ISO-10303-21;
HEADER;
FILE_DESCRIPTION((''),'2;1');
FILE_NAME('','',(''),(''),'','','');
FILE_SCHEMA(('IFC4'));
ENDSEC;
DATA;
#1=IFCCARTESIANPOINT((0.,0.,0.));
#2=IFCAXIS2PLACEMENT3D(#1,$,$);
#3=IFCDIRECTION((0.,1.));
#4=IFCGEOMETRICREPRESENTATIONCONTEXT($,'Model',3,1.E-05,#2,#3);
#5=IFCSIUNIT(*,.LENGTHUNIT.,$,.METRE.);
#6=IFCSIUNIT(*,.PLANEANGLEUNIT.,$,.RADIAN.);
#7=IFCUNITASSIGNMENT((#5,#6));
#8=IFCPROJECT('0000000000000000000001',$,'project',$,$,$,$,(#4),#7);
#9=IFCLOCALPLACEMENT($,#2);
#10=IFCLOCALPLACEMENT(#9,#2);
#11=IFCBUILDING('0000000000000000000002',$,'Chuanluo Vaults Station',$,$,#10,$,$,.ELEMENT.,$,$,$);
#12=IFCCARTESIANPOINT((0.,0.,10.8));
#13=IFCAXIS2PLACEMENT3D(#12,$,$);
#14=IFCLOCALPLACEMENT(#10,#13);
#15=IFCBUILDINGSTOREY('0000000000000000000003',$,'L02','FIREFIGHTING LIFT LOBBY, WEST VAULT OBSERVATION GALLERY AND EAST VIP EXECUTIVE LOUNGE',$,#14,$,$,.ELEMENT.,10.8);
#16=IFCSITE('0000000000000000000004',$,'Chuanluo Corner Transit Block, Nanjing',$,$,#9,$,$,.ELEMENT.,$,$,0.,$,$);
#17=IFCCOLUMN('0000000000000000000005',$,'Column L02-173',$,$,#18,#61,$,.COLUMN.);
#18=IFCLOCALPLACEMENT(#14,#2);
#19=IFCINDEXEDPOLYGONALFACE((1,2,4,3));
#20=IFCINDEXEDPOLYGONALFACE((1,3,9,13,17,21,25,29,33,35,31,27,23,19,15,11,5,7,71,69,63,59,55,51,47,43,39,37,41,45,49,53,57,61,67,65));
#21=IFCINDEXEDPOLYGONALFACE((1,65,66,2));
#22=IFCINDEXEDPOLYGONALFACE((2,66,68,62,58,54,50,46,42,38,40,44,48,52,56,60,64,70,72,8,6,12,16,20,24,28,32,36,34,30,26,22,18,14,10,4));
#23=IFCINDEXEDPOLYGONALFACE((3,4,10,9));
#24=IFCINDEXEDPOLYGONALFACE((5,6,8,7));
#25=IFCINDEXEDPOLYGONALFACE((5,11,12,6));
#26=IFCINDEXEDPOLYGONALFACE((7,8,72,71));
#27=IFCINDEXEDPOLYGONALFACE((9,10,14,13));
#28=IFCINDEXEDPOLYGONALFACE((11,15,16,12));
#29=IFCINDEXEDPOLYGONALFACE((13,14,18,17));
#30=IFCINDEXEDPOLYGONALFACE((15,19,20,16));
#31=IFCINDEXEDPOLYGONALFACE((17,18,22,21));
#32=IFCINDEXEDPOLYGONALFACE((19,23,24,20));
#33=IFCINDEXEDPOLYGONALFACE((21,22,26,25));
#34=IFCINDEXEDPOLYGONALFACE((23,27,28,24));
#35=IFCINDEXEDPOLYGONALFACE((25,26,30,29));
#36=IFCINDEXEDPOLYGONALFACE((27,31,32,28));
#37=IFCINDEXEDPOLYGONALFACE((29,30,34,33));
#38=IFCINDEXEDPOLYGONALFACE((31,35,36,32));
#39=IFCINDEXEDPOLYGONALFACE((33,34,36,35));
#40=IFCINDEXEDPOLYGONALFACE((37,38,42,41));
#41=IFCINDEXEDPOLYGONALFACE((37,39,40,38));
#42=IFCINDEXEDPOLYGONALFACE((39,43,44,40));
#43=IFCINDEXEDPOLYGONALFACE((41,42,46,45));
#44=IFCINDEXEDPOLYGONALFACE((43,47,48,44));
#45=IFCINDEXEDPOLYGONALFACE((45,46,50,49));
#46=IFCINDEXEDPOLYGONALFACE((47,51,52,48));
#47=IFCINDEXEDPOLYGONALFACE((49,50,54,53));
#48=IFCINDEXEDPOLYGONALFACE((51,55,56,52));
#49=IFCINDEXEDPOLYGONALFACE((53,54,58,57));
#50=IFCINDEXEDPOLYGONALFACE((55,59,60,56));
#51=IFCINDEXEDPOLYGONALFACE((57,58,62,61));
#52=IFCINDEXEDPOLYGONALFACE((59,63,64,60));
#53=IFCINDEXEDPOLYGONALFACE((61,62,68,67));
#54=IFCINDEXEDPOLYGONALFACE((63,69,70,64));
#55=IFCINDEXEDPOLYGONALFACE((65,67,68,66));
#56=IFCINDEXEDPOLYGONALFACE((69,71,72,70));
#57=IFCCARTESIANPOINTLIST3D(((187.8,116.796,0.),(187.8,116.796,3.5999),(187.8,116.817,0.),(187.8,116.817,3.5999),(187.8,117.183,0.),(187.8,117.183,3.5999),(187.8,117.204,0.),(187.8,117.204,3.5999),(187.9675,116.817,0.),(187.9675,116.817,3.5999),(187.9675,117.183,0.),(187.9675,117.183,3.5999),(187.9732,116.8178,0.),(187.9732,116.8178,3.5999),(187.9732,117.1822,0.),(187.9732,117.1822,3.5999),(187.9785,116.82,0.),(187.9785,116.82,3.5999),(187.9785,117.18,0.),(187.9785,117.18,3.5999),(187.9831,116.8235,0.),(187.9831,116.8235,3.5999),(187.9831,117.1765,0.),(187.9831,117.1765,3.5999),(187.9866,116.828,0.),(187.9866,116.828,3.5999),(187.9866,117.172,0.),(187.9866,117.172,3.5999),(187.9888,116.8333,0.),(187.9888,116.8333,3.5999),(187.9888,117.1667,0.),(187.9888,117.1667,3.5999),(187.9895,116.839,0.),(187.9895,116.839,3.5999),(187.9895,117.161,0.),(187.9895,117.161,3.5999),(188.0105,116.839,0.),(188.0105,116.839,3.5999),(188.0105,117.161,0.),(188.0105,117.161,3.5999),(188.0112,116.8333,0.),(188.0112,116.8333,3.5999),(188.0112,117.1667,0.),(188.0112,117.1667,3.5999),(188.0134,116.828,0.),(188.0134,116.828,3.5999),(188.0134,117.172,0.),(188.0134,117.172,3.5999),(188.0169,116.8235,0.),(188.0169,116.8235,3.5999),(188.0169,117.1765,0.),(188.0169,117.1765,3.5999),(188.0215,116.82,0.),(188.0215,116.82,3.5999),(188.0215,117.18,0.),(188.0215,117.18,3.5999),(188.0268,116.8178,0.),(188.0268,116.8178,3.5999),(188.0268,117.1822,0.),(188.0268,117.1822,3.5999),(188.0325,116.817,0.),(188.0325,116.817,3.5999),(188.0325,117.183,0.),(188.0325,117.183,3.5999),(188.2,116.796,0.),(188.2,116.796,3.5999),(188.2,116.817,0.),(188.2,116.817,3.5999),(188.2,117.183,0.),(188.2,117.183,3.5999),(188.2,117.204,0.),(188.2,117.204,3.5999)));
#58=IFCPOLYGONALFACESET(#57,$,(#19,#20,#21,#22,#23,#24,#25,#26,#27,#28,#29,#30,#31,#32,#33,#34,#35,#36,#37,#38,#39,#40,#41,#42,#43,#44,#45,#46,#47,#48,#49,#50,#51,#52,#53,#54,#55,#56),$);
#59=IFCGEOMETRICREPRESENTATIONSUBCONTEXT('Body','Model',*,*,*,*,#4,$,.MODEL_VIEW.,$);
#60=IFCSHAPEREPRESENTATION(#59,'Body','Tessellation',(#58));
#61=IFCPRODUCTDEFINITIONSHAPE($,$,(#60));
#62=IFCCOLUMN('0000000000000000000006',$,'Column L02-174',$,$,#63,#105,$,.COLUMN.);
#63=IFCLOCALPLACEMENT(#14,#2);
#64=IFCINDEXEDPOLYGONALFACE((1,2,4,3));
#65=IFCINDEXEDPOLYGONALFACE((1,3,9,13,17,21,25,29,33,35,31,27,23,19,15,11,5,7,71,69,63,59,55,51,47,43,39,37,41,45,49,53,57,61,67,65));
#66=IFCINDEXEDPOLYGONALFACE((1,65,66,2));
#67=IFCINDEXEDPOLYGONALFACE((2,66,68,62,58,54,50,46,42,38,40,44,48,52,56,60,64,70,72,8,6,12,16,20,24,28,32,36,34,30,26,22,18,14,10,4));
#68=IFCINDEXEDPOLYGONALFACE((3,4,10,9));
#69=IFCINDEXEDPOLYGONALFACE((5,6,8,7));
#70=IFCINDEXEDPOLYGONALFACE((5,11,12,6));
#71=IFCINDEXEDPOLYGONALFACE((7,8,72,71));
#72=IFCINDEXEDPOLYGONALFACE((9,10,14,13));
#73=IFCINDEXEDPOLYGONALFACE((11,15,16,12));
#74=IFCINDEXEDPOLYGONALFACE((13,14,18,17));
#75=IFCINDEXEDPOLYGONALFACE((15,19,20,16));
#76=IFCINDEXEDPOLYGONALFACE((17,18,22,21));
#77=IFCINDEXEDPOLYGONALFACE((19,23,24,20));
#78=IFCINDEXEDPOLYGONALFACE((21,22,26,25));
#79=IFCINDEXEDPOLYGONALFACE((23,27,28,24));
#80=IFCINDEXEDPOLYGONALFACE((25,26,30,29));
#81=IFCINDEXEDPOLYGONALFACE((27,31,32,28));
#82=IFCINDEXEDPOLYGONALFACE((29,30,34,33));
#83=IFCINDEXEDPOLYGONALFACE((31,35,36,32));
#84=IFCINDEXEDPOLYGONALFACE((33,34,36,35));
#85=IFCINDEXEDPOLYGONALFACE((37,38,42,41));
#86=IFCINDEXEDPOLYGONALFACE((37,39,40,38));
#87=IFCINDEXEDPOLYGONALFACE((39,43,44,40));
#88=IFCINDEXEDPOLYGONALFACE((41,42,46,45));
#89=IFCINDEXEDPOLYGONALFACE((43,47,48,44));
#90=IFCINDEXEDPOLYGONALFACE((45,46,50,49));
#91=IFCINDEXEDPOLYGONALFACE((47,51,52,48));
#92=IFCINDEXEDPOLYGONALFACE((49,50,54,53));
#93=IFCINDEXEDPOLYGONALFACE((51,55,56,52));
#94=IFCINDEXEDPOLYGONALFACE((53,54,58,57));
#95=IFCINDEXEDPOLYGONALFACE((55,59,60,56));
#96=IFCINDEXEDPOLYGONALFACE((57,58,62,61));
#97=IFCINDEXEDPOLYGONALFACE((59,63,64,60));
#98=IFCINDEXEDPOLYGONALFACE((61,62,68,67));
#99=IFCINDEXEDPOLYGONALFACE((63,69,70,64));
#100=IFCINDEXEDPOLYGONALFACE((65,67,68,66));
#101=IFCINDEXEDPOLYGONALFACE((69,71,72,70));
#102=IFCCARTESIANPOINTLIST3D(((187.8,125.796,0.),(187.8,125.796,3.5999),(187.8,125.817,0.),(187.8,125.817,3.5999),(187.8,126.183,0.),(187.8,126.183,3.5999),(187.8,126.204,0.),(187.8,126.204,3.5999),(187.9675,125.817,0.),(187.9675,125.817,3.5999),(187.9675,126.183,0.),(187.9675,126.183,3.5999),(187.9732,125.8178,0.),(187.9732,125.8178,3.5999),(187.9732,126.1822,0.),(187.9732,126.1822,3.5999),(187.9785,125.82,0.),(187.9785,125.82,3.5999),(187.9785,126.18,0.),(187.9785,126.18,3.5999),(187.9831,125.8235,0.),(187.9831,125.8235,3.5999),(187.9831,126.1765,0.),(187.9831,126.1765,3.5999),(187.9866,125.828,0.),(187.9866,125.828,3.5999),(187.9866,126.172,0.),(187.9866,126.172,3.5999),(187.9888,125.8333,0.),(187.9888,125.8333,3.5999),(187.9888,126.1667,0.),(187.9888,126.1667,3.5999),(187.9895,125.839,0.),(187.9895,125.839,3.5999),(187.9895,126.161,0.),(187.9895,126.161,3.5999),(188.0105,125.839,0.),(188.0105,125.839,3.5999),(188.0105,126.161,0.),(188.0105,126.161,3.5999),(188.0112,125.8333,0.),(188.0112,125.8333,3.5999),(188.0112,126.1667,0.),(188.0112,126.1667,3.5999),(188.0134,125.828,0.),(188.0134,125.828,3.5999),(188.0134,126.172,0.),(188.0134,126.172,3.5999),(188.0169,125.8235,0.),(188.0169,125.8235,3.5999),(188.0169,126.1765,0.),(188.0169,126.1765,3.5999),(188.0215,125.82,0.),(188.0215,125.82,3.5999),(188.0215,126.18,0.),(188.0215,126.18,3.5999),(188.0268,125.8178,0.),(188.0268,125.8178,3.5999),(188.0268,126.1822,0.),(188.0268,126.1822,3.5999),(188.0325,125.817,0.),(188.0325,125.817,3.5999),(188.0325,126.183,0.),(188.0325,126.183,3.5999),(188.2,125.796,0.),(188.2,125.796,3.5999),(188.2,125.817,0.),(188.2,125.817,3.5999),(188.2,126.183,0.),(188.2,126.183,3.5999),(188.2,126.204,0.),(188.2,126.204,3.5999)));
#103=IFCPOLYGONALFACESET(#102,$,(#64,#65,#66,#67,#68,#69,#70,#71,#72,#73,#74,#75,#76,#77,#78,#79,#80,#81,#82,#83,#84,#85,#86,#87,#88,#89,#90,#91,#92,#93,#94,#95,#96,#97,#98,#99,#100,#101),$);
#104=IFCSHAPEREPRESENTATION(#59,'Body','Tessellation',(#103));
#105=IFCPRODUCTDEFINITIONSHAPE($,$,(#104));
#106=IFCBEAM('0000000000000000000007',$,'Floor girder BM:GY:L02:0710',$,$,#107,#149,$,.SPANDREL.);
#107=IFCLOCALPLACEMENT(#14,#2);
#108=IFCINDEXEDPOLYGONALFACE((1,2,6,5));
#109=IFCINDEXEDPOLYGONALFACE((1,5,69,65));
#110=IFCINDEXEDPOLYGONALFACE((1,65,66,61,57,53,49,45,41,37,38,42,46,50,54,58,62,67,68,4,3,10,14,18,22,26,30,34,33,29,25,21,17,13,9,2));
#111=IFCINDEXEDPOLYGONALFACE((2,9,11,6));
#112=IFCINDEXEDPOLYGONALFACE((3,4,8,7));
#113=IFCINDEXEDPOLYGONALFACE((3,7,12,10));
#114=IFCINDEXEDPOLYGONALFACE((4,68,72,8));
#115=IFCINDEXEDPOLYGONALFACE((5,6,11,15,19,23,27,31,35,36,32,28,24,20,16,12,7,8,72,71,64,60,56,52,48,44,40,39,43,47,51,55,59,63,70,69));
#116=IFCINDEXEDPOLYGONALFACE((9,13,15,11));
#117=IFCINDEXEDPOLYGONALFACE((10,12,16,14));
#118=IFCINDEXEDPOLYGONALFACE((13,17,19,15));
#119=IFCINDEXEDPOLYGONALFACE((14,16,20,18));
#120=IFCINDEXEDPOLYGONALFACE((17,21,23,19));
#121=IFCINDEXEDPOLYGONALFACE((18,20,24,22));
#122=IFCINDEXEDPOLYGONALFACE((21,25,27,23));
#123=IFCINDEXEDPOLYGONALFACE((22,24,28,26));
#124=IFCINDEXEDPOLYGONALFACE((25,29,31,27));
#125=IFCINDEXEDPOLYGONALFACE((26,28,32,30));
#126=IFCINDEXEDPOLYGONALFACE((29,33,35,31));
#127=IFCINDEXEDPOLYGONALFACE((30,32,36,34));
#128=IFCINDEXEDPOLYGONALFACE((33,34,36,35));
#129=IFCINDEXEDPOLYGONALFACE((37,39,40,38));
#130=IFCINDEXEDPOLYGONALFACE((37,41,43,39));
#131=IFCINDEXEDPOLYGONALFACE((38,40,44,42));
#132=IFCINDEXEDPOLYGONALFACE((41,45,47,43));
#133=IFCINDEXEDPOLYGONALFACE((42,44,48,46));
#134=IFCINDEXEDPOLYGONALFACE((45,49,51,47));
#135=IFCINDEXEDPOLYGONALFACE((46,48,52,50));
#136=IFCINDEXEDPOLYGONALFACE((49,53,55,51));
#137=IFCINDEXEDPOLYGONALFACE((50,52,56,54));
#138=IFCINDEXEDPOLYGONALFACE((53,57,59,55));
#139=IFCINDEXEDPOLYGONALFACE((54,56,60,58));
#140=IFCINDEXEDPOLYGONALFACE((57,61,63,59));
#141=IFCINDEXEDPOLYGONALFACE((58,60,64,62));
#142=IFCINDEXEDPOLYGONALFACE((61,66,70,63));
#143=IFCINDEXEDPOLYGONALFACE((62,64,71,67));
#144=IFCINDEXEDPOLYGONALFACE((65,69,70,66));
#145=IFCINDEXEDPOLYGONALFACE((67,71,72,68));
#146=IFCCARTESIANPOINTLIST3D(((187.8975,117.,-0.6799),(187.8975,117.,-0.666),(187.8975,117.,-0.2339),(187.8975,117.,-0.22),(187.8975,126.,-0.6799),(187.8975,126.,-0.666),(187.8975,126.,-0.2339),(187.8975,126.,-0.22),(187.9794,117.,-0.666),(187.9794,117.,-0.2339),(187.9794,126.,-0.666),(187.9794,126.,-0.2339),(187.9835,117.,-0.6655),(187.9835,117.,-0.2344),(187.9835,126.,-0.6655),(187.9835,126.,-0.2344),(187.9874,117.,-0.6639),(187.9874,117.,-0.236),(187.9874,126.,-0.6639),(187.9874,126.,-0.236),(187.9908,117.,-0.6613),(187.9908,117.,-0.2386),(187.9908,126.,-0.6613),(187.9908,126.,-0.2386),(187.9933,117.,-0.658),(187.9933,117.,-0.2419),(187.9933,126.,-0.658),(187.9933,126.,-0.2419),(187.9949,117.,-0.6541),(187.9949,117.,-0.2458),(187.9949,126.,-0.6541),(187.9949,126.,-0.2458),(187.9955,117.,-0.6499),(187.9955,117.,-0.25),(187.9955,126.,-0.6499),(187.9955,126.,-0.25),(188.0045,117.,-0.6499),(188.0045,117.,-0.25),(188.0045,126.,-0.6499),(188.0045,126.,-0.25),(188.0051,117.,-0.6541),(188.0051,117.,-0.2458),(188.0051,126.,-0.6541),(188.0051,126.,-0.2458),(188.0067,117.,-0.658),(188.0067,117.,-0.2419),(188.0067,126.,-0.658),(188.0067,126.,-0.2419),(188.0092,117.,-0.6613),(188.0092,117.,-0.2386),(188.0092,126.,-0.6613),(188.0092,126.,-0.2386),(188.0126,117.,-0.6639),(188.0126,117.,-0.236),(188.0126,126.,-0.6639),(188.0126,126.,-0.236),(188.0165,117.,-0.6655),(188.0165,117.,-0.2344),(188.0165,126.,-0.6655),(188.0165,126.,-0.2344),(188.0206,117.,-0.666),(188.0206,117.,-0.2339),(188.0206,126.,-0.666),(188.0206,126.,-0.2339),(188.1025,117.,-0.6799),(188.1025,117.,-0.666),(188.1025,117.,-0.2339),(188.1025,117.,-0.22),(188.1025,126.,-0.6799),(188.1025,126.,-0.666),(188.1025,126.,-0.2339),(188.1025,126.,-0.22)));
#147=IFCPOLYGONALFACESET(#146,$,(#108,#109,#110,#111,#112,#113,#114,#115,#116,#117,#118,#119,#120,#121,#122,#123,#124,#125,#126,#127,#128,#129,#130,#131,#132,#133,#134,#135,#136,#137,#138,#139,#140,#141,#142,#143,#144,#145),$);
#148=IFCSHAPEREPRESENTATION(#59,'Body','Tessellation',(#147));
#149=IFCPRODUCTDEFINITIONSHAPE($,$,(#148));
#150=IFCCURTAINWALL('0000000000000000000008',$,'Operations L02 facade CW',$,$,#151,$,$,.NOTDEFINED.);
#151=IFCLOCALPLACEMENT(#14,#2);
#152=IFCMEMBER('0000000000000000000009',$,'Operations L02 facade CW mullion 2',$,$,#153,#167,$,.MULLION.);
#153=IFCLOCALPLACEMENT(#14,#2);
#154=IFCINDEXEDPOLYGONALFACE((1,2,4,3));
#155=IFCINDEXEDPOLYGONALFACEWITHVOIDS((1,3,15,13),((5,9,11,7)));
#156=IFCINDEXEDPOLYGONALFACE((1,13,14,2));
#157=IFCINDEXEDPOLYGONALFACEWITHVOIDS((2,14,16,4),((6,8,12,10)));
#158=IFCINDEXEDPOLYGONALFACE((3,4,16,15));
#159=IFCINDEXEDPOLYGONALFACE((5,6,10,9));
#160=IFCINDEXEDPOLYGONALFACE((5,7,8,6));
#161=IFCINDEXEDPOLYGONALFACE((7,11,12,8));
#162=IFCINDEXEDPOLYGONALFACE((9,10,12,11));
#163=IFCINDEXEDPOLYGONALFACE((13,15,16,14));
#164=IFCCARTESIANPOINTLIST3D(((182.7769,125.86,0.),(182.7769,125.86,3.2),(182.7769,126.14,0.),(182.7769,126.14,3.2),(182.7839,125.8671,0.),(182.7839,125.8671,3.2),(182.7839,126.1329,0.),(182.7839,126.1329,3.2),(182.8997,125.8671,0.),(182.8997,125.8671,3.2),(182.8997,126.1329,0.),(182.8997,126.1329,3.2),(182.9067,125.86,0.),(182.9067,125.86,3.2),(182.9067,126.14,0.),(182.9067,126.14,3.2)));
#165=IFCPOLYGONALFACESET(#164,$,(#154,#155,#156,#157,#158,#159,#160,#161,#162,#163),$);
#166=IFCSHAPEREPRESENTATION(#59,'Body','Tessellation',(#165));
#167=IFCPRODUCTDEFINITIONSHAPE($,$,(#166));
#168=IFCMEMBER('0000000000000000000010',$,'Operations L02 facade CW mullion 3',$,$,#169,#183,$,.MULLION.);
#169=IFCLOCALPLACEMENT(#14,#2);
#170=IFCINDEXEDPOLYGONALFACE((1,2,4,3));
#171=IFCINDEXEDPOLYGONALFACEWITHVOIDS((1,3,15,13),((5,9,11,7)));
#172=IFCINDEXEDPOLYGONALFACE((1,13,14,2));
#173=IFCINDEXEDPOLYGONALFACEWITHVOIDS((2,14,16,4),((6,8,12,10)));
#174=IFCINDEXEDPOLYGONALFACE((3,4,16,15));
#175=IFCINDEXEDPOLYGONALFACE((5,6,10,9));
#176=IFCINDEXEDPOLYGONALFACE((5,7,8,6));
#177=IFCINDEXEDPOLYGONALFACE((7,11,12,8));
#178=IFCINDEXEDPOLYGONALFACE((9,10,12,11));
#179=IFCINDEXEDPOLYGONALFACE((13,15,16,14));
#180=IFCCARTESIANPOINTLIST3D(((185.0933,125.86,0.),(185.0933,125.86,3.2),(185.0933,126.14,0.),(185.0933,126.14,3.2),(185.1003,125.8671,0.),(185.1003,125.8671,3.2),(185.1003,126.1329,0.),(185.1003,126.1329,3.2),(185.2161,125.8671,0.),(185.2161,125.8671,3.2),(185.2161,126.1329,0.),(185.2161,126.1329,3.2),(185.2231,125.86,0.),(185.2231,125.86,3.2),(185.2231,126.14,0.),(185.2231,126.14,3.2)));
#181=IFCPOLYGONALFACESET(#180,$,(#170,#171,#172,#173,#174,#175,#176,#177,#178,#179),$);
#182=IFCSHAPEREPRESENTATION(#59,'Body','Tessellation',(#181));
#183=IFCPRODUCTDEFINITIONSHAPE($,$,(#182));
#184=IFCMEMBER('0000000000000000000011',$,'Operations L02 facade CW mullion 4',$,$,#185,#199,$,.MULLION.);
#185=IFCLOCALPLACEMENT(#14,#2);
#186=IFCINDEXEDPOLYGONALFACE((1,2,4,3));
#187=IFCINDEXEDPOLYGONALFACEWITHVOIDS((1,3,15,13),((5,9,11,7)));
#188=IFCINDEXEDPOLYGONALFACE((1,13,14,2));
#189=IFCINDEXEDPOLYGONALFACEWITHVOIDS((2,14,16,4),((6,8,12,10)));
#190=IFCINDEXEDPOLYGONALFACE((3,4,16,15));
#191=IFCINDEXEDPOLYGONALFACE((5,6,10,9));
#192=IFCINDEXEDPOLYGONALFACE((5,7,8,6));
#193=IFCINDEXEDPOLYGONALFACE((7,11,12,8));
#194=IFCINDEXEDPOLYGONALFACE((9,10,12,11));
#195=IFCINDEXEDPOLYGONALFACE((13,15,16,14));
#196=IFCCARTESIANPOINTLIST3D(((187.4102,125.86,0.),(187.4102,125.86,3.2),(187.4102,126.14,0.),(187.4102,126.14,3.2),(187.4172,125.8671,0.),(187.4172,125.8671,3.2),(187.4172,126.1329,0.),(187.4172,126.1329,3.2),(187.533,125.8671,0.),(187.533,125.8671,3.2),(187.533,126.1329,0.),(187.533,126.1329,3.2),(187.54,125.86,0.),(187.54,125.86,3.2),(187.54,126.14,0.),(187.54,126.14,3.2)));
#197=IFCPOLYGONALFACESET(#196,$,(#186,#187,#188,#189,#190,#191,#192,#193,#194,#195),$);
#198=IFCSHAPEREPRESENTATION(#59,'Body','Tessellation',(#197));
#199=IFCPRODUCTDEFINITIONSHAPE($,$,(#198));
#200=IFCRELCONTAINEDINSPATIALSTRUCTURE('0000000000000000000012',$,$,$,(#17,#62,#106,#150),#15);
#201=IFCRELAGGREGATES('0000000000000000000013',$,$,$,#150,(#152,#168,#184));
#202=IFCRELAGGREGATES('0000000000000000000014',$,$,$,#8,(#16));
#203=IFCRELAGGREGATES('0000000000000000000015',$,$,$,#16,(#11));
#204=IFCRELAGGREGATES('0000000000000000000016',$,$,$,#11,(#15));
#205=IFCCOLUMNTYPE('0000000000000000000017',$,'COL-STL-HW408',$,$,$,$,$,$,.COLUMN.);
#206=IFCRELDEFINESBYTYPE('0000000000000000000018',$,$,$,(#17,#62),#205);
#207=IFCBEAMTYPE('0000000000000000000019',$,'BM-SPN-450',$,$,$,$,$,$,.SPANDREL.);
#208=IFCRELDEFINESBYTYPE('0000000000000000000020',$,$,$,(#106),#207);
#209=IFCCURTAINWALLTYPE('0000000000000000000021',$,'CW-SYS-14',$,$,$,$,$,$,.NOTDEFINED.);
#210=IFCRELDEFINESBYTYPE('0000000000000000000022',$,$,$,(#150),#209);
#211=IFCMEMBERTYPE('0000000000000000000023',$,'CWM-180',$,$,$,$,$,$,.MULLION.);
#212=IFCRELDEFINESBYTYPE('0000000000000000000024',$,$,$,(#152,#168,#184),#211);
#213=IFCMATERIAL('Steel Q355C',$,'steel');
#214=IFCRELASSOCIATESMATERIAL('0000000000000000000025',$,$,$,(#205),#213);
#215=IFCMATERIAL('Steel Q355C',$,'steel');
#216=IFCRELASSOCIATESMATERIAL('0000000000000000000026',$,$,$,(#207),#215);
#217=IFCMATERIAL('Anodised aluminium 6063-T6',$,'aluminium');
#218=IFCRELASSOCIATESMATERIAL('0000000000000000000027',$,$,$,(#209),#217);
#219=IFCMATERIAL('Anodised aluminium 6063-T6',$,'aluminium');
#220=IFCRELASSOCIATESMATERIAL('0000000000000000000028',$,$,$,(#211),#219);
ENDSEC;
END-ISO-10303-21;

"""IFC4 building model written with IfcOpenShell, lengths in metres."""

from ifc_helpers import new_model, si_unit, direction, frame, origin, origin_2d, place, context, subcontext, project, spatial, hollow_rectangle, i_section, extrude, material, material_profile, profile_set, type_object, element, aggregate, save


model = new_model("IFC4")

# Units and contexts
model_context = context("Model", 3, precision=1e-05, world=origin(), true_north=direction((0.0, 1.0)))
body_context = subcontext(model_context, "Body", "Model", "MODEL_VIEW")
ifc_project = project(units=[si_unit("LENGTHUNIT", "METRE"), si_unit("PLANEANGLEUNIT", "RADIAN")], contexts=[model_context])

# Site, building, storey
site_placement = place(None, origin())
site = spatial("IfcSite", under=ifc_project, at=site_placement, Name="Chuanluo Corner Transit Block, Nanjing", CompositionType="ELEMENT", RefElevation=0.0)
building_placement = place(site_placement, origin())
building = spatial("IfcBuilding", under=site, at=building_placement, Name="Chuanluo Vaults Station", CompositionType="ELEMENT")
storey_placement = place(building_placement, frame((0.0, 0.0, 10.8)))
storey = spatial("IfcBuildingStorey", under=building, at=storey_placement, Name="L02", Description="FIREFIGHTING LIFT LOBBY, WEST VAULT OBSERVATION GALLERY AND EAST VIP EXECUTIVE LOUNGE", CompositionType="ELEMENT", Elevation=10.8)

# Columns
ifc_material_1 = material(Name="Steel Q355C", Category="steel")
ifc_material_profile_1 = material_profile(ifc_material_1, i_section(OverallWidth=0.3999, OverallDepth=0.408, WebThickness=0.021, FlangeThickness=0.021, FilletRadius=0.022, at=origin_2d()))
ifc_profile_set_1 = profile_set([ifc_material_profile_1], Name="Steel Q355C")
column_type = type_object("IfcColumnType", Name="COL-STL-HW408", PredefinedType="COLUMN", material=ifc_profile_set_1)
for number, where, z_axis, x_axis, name in (
    (1, (188.0, 117.0, 0.0), (0.0, 0.0, 1.0), (1.0, 0.0, 0.0), "Column L02-173"),
    (2, (188.0, 126.0, 0.0), (0.0, 0.0, 1.0), (1.0, 0.0, 0.0), "Column L02-174"),
):
    element("IfcColumn", number, at=place(storey_placement, frame(where, z_axis=z_axis, x_axis=x_axis)), inside=storey, type_object=column_type, Name=name, PredefinedType="COLUMN", context=body_context, shape_type="SweptSolid", body=[
        extrude(i_section(OverallWidth=0.3999, OverallDepth=0.408, WebThickness=0.021, FlangeThickness=0.021, FilletRadius=0.022, at=origin_2d()), origin(), (0.0, 0.0, 1.0), 3.5999),
    ])

# Beam
ifc_material_2 = material(Name="Steel Q355C", Category="steel")
ifc_material_profile_2 = material_profile(ifc_material_2, i_section(OverallWidth=0.2051, OverallDepth=0.46, WebThickness=0.009, FlangeThickness=0.0139, FilletRadius=0.0161, at=origin_2d()))
ifc_profile_set_2 = profile_set([ifc_material_profile_2], Name="Steel Q355C")
beam_type = type_object("IfcBeamType", Name="BM-SPN-450", PredefinedType="SPANDREL", material=ifc_profile_set_2)
beam_placement = place(storey_placement, frame((188.0, 117.0, -0.45), z_axis=(0.0, 1.0, 0.0), x_axis=(-1.0, 0.0, 0.0)))
element("IfcBeam", 3, at=beam_placement, inside=storey, type_object=beam_type, Name="Floor girder BM:GY:L02:0710", PredefinedType="SPANDREL", context=body_context, shape_type="SweptSolid", body=[
    extrude(i_section(OverallWidth=0.2051, OverallDepth=0.46, WebThickness=0.009, FlangeThickness=0.0139, FilletRadius=0.0161, at=origin_2d()), origin(), (0.0, 0.0, 1.0), 9.0),
])

# Curtain wall, members
ifc_material_3 = material(Name="Anodised aluminium 6063-T6", Category="aluminium")
curtain_wall_type = type_object("IfcCurtainWallType", Name="CW-SYS-14", PredefinedType="NOTDEFINED", material=ifc_material_3)
curtain_wall_placement = place(storey_placement, origin())
curtain_wall = element("IfcCurtainWall", 4, at=curtain_wall_placement, inside=storey, type_object=curtain_wall_type, Name="Operations L02 facade CW", PredefinedType="NOTDEFINED")
ifc_material_4 = material(Name="Anodised aluminium 6063-T6", Category="aluminium")
ifc_material_profile_3 = material_profile(ifc_material_4, hollow_rectangle(XDim=0.1299, YDim=0.28, WallThickness=0.0071, at=origin_2d()))
ifc_profile_set_3 = profile_set([ifc_material_profile_3], Name="Anodised aluminium 6063-T6")
member_type_1 = type_object("IfcMemberType", Name="CWM-180", PredefinedType="MULLION", material=ifc_profile_set_3)
member_1_placement = place(storey_placement, frame((182.8418, 126.0, 0.0), z_axis=(0.0, 0.0, 1.0), x_axis=(1.0, 0.0, 0.0)))
member_1 = element("IfcMember", 5, at=member_1_placement, type_object=member_type_1, Name="Operations L02 facade CW mullion 2", PredefinedType="MULLION", context=body_context, shape_type="SweptSolid", body=[
    extrude(hollow_rectangle(XDim=0.1299, YDim=0.28, WallThickness=0.0071, at=origin_2d()), origin(), (0.0, 0.0, 1.0), 3.2),
])
member_2_placement = place(storey_placement, frame((185.1582, 126.0, 0.0), z_axis=(0.0, 0.0, 1.0), x_axis=(1.0, 0.0, 0.0)))
member_2 = element("IfcMember", 6, at=member_2_placement, type_object=member_type_1, Name="Operations L02 facade CW mullion 3", PredefinedType="MULLION", context=body_context, shape_type="SweptSolid", body=[
    extrude(hollow_rectangle(XDim=0.1299, YDim=0.28, WallThickness=0.0071, at=origin_2d()), origin(), (0.0, 0.0, 1.0), 3.2),
])
member_3_placement = place(storey_placement, frame((187.4751, 126.0, 0.0), z_axis=(0.0, 0.0, 1.0), x_axis=(1.0, 0.0, 0.0)))
member_3 = element("IfcMember", 7, at=member_3_placement, type_object=member_type_1, Name="Operations L02 facade CW mullion 4", PredefinedType="MULLION", context=body_context, shape_type="SweptSolid", body=[
    extrude(hollow_rectangle(XDim=0.1299, YDim=0.28, WallThickness=0.0071, at=origin_2d()), origin(), (0.0, 0.0, 1.0), 3.2),
])
aggregate(curtain_wall, [member_1, member_2, member_3])

save(model, "model.ifc")
